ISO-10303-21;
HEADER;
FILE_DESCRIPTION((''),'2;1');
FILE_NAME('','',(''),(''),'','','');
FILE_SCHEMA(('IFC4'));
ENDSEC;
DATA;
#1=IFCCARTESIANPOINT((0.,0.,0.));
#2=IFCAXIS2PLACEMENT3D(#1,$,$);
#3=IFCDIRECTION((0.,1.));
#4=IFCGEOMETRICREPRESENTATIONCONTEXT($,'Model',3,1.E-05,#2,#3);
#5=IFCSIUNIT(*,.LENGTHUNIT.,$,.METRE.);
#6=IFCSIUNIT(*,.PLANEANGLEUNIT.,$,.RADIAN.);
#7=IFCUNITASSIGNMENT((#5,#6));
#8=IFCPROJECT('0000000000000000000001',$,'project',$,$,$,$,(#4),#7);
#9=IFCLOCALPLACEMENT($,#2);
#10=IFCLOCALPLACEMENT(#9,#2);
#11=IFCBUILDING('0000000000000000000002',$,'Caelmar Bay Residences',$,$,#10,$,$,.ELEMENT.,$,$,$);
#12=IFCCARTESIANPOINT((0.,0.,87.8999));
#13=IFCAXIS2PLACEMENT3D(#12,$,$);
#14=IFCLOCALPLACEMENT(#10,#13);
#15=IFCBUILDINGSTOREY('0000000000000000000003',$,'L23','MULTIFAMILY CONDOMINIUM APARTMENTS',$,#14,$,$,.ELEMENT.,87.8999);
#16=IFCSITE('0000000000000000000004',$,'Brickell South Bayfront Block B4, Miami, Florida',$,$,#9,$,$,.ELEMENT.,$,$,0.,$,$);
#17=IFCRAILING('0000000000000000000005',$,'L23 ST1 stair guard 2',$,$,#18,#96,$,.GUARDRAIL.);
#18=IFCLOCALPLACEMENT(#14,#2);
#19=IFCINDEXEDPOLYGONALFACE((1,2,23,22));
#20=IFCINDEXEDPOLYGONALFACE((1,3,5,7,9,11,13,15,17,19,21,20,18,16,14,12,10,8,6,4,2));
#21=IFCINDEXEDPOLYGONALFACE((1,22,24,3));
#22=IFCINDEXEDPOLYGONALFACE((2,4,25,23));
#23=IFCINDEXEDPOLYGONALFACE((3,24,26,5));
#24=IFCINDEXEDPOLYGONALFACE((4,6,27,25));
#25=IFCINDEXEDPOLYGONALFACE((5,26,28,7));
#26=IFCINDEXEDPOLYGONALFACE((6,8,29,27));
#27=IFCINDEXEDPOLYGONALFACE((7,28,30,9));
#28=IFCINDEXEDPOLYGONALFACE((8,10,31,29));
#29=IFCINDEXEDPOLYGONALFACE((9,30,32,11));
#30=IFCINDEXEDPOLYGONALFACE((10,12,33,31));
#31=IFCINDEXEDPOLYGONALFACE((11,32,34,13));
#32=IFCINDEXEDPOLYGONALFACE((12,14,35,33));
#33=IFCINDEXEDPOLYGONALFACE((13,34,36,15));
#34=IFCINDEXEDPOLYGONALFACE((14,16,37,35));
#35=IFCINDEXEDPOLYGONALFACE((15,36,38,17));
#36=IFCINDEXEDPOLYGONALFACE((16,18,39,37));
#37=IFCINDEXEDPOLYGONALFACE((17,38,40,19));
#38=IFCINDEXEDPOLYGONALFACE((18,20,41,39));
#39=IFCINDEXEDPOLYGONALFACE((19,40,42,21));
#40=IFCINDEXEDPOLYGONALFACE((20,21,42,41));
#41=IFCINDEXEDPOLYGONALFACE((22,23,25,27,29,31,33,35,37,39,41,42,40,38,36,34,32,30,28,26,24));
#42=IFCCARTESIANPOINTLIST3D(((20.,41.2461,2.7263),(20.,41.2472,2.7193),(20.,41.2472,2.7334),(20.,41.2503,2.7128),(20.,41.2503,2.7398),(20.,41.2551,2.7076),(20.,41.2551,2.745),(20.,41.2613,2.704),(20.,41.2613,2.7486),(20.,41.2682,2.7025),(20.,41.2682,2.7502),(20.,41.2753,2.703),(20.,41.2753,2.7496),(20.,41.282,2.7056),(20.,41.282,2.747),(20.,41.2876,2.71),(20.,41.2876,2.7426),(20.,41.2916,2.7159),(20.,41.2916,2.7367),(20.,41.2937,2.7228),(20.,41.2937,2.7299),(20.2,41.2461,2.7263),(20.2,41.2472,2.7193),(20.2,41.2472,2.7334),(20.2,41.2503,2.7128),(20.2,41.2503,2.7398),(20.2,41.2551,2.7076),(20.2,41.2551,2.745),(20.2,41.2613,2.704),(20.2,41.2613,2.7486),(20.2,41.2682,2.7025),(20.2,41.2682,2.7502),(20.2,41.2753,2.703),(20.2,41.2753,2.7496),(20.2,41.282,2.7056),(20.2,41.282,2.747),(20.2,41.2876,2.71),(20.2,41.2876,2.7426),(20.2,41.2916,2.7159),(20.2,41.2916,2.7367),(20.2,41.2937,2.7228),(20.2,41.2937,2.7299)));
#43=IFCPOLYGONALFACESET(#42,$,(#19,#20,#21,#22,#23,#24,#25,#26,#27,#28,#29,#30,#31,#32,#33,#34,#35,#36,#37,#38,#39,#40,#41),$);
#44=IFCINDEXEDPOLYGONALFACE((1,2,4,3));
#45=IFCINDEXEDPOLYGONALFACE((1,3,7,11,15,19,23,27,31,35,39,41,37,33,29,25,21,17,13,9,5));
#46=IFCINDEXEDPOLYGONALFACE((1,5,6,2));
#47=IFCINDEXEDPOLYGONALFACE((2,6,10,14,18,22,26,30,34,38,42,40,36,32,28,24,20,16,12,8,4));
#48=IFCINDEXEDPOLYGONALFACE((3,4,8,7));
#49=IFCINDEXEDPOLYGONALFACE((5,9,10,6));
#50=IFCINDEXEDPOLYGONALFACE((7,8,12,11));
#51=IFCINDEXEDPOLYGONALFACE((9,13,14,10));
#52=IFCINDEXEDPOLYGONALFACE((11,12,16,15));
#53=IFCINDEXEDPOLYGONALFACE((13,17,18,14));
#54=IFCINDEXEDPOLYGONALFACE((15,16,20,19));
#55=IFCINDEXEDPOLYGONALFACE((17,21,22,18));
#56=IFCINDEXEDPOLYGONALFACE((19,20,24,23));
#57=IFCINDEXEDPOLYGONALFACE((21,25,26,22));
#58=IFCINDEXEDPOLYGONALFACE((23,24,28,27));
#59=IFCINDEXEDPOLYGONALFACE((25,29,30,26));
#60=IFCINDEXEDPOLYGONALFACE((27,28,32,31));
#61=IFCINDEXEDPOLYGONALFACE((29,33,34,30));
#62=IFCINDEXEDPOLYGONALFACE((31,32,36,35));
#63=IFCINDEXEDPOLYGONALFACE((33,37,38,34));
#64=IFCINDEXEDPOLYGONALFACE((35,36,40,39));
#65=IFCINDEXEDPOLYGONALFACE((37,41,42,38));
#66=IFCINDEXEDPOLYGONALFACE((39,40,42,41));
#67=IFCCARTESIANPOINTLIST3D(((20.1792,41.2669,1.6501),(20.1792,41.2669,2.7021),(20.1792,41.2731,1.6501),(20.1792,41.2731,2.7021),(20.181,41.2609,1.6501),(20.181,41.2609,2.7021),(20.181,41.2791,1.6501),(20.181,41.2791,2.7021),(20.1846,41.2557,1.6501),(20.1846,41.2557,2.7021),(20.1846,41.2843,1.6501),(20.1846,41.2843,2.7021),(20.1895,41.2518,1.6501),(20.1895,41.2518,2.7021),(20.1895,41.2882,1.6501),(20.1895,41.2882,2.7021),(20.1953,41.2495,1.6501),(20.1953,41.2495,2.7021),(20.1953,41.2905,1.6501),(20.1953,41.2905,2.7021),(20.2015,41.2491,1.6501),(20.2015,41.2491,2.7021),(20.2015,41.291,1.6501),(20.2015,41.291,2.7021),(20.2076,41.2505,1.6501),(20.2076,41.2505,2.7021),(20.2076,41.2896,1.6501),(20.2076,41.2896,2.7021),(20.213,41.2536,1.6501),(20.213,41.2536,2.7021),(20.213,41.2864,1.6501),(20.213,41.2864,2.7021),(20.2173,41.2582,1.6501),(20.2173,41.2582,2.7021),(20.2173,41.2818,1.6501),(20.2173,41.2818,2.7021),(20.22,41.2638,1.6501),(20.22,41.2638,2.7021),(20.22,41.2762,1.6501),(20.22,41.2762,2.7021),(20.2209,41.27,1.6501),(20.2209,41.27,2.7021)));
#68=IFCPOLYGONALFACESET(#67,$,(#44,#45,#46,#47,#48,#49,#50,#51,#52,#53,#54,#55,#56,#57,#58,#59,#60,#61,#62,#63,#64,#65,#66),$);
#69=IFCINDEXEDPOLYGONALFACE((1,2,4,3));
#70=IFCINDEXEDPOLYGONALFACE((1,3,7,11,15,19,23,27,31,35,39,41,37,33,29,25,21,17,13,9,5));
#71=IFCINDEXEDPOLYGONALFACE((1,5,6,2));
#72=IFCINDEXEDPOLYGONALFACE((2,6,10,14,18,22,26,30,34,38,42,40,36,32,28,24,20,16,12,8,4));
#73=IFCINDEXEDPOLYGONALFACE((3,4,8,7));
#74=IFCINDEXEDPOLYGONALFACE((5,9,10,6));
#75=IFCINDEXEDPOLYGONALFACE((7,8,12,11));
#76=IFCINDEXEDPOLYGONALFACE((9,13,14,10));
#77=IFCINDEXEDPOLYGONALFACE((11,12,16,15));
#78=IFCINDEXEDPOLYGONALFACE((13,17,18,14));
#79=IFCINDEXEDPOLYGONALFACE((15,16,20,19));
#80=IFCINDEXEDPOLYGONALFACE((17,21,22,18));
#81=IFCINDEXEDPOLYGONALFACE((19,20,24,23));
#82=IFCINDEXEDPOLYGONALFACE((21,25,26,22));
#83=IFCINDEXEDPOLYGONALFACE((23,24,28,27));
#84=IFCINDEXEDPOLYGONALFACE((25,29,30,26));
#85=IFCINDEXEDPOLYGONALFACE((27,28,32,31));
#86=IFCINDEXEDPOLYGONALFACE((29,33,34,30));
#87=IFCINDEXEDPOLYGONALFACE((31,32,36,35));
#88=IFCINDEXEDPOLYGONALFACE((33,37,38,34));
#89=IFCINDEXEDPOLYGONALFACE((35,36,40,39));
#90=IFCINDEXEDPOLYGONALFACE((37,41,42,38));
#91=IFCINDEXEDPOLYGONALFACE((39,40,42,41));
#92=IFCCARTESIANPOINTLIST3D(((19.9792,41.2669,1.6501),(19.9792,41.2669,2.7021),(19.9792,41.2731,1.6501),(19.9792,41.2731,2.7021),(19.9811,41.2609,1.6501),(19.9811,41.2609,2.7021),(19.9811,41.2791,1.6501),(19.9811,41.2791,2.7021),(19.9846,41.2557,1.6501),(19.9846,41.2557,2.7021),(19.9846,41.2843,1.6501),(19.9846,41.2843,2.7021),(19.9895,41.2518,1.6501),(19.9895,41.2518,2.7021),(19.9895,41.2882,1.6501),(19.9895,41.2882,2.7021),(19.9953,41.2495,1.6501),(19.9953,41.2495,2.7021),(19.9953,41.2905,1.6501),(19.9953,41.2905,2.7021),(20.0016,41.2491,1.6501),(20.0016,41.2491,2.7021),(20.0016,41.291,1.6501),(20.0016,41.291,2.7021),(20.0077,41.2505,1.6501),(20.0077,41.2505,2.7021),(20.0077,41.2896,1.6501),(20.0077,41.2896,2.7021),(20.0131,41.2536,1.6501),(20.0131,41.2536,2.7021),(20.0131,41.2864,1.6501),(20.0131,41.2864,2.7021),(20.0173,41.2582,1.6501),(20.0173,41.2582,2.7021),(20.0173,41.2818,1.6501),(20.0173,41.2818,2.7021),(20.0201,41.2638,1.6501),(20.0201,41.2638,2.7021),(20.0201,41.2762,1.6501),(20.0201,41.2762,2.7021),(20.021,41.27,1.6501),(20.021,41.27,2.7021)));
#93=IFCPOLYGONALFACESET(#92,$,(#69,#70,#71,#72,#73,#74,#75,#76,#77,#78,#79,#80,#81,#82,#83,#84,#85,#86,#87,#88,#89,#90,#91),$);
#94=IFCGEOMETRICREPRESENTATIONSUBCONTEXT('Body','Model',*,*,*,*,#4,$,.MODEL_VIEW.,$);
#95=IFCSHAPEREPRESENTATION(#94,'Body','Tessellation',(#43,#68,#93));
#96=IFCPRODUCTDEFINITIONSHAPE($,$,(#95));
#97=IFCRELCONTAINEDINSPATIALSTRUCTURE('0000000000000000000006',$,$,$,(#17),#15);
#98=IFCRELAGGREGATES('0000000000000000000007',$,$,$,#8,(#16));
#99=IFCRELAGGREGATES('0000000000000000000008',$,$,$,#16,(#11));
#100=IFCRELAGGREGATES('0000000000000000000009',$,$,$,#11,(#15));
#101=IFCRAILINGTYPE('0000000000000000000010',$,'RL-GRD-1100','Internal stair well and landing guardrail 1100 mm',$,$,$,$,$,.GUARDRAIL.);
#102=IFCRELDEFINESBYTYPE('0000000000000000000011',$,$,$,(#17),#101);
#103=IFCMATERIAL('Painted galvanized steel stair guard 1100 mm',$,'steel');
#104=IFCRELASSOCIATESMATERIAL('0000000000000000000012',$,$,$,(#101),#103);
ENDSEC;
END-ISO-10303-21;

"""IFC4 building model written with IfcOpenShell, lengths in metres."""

from ifc_helpers import new_model, si_unit, direction, frame, origin, origin_2d, place, context, subcontext, project, spatial, circle, extrude, material, type_object, element, save


model = new_model("IFC4")

# Units and contexts
model_context = context("Model", 3, precision=1e-05, world=origin(), true_north=direction((0.0, 1.0)))
body_context = subcontext(model_context, "Body", "Model", "MODEL_VIEW")
ifc_project = project(units=[si_unit("LENGTHUNIT", "METRE"), si_unit("PLANEANGLEUNIT", "RADIAN")], contexts=[model_context])

# Site, building, storey
site_placement = place(None, origin())
site = spatial("IfcSite", under=ifc_project, at=site_placement, Name="Brickell South Bayfront Block B4, Miami, Florida", CompositionType="ELEMENT", RefElevation=0.0)
building_placement = place(site_placement, origin())
building = spatial("IfcBuilding", under=site, at=building_placement, Name="Caelmar Bay Residences", CompositionType="ELEMENT")
storey_placement = place(building_placement, frame((0.0, 0.0, 87.8999)))
storey = spatial("IfcBuildingStorey", under=building, at=storey_placement, Name="L23", Description="MULTIFAMILY CONDOMINIUM APARTMENTS", CompositionType="ELEMENT", Elevation=87.8999)

# Railing
ifc_material_1 = material(Name="Painted galvanized steel stair guard 1100 mm", Category="steel")
railing_type_1 = type_object("IfcRailingType", Name="RL-GRD-1100", Description="Internal stair well and landing guardrail 1100 mm", PredefinedType="GUARDRAIL", material=ifc_material_1)
railing_1_placement = place(storey_placement, frame((20.2, 41.27, 1.6501)))
element("IfcRailing", 1, at=railing_1_placement, inside=storey, type_object=railing_type_1, Name="L23 ST1 stair guard 2", PredefinedType="GUARDRAIL", context=body_context, shape_type="SweptSolid", body=[
    extrude(circle(Radius=0.0239, at=origin_2d()), frame((0.0, 0.0, 1.0762), z_axis=(-1.0, 0.0, 0.0), x_axis=(0.0, -1.0, 0.0)), (0.0, 0.0, 1.0), 0.2),
    extrude(circle(Radius=0.021, at=origin_2d()), origin(), (0.0, 0.0, 1.0), 1.052),
    extrude(circle(Radius=0.021, at=origin_2d()), frame((-0.2, 0.0, 0.0)), (0.0, 0.0, 1.0), 1.052),
])

save(model, "model.ifc")
